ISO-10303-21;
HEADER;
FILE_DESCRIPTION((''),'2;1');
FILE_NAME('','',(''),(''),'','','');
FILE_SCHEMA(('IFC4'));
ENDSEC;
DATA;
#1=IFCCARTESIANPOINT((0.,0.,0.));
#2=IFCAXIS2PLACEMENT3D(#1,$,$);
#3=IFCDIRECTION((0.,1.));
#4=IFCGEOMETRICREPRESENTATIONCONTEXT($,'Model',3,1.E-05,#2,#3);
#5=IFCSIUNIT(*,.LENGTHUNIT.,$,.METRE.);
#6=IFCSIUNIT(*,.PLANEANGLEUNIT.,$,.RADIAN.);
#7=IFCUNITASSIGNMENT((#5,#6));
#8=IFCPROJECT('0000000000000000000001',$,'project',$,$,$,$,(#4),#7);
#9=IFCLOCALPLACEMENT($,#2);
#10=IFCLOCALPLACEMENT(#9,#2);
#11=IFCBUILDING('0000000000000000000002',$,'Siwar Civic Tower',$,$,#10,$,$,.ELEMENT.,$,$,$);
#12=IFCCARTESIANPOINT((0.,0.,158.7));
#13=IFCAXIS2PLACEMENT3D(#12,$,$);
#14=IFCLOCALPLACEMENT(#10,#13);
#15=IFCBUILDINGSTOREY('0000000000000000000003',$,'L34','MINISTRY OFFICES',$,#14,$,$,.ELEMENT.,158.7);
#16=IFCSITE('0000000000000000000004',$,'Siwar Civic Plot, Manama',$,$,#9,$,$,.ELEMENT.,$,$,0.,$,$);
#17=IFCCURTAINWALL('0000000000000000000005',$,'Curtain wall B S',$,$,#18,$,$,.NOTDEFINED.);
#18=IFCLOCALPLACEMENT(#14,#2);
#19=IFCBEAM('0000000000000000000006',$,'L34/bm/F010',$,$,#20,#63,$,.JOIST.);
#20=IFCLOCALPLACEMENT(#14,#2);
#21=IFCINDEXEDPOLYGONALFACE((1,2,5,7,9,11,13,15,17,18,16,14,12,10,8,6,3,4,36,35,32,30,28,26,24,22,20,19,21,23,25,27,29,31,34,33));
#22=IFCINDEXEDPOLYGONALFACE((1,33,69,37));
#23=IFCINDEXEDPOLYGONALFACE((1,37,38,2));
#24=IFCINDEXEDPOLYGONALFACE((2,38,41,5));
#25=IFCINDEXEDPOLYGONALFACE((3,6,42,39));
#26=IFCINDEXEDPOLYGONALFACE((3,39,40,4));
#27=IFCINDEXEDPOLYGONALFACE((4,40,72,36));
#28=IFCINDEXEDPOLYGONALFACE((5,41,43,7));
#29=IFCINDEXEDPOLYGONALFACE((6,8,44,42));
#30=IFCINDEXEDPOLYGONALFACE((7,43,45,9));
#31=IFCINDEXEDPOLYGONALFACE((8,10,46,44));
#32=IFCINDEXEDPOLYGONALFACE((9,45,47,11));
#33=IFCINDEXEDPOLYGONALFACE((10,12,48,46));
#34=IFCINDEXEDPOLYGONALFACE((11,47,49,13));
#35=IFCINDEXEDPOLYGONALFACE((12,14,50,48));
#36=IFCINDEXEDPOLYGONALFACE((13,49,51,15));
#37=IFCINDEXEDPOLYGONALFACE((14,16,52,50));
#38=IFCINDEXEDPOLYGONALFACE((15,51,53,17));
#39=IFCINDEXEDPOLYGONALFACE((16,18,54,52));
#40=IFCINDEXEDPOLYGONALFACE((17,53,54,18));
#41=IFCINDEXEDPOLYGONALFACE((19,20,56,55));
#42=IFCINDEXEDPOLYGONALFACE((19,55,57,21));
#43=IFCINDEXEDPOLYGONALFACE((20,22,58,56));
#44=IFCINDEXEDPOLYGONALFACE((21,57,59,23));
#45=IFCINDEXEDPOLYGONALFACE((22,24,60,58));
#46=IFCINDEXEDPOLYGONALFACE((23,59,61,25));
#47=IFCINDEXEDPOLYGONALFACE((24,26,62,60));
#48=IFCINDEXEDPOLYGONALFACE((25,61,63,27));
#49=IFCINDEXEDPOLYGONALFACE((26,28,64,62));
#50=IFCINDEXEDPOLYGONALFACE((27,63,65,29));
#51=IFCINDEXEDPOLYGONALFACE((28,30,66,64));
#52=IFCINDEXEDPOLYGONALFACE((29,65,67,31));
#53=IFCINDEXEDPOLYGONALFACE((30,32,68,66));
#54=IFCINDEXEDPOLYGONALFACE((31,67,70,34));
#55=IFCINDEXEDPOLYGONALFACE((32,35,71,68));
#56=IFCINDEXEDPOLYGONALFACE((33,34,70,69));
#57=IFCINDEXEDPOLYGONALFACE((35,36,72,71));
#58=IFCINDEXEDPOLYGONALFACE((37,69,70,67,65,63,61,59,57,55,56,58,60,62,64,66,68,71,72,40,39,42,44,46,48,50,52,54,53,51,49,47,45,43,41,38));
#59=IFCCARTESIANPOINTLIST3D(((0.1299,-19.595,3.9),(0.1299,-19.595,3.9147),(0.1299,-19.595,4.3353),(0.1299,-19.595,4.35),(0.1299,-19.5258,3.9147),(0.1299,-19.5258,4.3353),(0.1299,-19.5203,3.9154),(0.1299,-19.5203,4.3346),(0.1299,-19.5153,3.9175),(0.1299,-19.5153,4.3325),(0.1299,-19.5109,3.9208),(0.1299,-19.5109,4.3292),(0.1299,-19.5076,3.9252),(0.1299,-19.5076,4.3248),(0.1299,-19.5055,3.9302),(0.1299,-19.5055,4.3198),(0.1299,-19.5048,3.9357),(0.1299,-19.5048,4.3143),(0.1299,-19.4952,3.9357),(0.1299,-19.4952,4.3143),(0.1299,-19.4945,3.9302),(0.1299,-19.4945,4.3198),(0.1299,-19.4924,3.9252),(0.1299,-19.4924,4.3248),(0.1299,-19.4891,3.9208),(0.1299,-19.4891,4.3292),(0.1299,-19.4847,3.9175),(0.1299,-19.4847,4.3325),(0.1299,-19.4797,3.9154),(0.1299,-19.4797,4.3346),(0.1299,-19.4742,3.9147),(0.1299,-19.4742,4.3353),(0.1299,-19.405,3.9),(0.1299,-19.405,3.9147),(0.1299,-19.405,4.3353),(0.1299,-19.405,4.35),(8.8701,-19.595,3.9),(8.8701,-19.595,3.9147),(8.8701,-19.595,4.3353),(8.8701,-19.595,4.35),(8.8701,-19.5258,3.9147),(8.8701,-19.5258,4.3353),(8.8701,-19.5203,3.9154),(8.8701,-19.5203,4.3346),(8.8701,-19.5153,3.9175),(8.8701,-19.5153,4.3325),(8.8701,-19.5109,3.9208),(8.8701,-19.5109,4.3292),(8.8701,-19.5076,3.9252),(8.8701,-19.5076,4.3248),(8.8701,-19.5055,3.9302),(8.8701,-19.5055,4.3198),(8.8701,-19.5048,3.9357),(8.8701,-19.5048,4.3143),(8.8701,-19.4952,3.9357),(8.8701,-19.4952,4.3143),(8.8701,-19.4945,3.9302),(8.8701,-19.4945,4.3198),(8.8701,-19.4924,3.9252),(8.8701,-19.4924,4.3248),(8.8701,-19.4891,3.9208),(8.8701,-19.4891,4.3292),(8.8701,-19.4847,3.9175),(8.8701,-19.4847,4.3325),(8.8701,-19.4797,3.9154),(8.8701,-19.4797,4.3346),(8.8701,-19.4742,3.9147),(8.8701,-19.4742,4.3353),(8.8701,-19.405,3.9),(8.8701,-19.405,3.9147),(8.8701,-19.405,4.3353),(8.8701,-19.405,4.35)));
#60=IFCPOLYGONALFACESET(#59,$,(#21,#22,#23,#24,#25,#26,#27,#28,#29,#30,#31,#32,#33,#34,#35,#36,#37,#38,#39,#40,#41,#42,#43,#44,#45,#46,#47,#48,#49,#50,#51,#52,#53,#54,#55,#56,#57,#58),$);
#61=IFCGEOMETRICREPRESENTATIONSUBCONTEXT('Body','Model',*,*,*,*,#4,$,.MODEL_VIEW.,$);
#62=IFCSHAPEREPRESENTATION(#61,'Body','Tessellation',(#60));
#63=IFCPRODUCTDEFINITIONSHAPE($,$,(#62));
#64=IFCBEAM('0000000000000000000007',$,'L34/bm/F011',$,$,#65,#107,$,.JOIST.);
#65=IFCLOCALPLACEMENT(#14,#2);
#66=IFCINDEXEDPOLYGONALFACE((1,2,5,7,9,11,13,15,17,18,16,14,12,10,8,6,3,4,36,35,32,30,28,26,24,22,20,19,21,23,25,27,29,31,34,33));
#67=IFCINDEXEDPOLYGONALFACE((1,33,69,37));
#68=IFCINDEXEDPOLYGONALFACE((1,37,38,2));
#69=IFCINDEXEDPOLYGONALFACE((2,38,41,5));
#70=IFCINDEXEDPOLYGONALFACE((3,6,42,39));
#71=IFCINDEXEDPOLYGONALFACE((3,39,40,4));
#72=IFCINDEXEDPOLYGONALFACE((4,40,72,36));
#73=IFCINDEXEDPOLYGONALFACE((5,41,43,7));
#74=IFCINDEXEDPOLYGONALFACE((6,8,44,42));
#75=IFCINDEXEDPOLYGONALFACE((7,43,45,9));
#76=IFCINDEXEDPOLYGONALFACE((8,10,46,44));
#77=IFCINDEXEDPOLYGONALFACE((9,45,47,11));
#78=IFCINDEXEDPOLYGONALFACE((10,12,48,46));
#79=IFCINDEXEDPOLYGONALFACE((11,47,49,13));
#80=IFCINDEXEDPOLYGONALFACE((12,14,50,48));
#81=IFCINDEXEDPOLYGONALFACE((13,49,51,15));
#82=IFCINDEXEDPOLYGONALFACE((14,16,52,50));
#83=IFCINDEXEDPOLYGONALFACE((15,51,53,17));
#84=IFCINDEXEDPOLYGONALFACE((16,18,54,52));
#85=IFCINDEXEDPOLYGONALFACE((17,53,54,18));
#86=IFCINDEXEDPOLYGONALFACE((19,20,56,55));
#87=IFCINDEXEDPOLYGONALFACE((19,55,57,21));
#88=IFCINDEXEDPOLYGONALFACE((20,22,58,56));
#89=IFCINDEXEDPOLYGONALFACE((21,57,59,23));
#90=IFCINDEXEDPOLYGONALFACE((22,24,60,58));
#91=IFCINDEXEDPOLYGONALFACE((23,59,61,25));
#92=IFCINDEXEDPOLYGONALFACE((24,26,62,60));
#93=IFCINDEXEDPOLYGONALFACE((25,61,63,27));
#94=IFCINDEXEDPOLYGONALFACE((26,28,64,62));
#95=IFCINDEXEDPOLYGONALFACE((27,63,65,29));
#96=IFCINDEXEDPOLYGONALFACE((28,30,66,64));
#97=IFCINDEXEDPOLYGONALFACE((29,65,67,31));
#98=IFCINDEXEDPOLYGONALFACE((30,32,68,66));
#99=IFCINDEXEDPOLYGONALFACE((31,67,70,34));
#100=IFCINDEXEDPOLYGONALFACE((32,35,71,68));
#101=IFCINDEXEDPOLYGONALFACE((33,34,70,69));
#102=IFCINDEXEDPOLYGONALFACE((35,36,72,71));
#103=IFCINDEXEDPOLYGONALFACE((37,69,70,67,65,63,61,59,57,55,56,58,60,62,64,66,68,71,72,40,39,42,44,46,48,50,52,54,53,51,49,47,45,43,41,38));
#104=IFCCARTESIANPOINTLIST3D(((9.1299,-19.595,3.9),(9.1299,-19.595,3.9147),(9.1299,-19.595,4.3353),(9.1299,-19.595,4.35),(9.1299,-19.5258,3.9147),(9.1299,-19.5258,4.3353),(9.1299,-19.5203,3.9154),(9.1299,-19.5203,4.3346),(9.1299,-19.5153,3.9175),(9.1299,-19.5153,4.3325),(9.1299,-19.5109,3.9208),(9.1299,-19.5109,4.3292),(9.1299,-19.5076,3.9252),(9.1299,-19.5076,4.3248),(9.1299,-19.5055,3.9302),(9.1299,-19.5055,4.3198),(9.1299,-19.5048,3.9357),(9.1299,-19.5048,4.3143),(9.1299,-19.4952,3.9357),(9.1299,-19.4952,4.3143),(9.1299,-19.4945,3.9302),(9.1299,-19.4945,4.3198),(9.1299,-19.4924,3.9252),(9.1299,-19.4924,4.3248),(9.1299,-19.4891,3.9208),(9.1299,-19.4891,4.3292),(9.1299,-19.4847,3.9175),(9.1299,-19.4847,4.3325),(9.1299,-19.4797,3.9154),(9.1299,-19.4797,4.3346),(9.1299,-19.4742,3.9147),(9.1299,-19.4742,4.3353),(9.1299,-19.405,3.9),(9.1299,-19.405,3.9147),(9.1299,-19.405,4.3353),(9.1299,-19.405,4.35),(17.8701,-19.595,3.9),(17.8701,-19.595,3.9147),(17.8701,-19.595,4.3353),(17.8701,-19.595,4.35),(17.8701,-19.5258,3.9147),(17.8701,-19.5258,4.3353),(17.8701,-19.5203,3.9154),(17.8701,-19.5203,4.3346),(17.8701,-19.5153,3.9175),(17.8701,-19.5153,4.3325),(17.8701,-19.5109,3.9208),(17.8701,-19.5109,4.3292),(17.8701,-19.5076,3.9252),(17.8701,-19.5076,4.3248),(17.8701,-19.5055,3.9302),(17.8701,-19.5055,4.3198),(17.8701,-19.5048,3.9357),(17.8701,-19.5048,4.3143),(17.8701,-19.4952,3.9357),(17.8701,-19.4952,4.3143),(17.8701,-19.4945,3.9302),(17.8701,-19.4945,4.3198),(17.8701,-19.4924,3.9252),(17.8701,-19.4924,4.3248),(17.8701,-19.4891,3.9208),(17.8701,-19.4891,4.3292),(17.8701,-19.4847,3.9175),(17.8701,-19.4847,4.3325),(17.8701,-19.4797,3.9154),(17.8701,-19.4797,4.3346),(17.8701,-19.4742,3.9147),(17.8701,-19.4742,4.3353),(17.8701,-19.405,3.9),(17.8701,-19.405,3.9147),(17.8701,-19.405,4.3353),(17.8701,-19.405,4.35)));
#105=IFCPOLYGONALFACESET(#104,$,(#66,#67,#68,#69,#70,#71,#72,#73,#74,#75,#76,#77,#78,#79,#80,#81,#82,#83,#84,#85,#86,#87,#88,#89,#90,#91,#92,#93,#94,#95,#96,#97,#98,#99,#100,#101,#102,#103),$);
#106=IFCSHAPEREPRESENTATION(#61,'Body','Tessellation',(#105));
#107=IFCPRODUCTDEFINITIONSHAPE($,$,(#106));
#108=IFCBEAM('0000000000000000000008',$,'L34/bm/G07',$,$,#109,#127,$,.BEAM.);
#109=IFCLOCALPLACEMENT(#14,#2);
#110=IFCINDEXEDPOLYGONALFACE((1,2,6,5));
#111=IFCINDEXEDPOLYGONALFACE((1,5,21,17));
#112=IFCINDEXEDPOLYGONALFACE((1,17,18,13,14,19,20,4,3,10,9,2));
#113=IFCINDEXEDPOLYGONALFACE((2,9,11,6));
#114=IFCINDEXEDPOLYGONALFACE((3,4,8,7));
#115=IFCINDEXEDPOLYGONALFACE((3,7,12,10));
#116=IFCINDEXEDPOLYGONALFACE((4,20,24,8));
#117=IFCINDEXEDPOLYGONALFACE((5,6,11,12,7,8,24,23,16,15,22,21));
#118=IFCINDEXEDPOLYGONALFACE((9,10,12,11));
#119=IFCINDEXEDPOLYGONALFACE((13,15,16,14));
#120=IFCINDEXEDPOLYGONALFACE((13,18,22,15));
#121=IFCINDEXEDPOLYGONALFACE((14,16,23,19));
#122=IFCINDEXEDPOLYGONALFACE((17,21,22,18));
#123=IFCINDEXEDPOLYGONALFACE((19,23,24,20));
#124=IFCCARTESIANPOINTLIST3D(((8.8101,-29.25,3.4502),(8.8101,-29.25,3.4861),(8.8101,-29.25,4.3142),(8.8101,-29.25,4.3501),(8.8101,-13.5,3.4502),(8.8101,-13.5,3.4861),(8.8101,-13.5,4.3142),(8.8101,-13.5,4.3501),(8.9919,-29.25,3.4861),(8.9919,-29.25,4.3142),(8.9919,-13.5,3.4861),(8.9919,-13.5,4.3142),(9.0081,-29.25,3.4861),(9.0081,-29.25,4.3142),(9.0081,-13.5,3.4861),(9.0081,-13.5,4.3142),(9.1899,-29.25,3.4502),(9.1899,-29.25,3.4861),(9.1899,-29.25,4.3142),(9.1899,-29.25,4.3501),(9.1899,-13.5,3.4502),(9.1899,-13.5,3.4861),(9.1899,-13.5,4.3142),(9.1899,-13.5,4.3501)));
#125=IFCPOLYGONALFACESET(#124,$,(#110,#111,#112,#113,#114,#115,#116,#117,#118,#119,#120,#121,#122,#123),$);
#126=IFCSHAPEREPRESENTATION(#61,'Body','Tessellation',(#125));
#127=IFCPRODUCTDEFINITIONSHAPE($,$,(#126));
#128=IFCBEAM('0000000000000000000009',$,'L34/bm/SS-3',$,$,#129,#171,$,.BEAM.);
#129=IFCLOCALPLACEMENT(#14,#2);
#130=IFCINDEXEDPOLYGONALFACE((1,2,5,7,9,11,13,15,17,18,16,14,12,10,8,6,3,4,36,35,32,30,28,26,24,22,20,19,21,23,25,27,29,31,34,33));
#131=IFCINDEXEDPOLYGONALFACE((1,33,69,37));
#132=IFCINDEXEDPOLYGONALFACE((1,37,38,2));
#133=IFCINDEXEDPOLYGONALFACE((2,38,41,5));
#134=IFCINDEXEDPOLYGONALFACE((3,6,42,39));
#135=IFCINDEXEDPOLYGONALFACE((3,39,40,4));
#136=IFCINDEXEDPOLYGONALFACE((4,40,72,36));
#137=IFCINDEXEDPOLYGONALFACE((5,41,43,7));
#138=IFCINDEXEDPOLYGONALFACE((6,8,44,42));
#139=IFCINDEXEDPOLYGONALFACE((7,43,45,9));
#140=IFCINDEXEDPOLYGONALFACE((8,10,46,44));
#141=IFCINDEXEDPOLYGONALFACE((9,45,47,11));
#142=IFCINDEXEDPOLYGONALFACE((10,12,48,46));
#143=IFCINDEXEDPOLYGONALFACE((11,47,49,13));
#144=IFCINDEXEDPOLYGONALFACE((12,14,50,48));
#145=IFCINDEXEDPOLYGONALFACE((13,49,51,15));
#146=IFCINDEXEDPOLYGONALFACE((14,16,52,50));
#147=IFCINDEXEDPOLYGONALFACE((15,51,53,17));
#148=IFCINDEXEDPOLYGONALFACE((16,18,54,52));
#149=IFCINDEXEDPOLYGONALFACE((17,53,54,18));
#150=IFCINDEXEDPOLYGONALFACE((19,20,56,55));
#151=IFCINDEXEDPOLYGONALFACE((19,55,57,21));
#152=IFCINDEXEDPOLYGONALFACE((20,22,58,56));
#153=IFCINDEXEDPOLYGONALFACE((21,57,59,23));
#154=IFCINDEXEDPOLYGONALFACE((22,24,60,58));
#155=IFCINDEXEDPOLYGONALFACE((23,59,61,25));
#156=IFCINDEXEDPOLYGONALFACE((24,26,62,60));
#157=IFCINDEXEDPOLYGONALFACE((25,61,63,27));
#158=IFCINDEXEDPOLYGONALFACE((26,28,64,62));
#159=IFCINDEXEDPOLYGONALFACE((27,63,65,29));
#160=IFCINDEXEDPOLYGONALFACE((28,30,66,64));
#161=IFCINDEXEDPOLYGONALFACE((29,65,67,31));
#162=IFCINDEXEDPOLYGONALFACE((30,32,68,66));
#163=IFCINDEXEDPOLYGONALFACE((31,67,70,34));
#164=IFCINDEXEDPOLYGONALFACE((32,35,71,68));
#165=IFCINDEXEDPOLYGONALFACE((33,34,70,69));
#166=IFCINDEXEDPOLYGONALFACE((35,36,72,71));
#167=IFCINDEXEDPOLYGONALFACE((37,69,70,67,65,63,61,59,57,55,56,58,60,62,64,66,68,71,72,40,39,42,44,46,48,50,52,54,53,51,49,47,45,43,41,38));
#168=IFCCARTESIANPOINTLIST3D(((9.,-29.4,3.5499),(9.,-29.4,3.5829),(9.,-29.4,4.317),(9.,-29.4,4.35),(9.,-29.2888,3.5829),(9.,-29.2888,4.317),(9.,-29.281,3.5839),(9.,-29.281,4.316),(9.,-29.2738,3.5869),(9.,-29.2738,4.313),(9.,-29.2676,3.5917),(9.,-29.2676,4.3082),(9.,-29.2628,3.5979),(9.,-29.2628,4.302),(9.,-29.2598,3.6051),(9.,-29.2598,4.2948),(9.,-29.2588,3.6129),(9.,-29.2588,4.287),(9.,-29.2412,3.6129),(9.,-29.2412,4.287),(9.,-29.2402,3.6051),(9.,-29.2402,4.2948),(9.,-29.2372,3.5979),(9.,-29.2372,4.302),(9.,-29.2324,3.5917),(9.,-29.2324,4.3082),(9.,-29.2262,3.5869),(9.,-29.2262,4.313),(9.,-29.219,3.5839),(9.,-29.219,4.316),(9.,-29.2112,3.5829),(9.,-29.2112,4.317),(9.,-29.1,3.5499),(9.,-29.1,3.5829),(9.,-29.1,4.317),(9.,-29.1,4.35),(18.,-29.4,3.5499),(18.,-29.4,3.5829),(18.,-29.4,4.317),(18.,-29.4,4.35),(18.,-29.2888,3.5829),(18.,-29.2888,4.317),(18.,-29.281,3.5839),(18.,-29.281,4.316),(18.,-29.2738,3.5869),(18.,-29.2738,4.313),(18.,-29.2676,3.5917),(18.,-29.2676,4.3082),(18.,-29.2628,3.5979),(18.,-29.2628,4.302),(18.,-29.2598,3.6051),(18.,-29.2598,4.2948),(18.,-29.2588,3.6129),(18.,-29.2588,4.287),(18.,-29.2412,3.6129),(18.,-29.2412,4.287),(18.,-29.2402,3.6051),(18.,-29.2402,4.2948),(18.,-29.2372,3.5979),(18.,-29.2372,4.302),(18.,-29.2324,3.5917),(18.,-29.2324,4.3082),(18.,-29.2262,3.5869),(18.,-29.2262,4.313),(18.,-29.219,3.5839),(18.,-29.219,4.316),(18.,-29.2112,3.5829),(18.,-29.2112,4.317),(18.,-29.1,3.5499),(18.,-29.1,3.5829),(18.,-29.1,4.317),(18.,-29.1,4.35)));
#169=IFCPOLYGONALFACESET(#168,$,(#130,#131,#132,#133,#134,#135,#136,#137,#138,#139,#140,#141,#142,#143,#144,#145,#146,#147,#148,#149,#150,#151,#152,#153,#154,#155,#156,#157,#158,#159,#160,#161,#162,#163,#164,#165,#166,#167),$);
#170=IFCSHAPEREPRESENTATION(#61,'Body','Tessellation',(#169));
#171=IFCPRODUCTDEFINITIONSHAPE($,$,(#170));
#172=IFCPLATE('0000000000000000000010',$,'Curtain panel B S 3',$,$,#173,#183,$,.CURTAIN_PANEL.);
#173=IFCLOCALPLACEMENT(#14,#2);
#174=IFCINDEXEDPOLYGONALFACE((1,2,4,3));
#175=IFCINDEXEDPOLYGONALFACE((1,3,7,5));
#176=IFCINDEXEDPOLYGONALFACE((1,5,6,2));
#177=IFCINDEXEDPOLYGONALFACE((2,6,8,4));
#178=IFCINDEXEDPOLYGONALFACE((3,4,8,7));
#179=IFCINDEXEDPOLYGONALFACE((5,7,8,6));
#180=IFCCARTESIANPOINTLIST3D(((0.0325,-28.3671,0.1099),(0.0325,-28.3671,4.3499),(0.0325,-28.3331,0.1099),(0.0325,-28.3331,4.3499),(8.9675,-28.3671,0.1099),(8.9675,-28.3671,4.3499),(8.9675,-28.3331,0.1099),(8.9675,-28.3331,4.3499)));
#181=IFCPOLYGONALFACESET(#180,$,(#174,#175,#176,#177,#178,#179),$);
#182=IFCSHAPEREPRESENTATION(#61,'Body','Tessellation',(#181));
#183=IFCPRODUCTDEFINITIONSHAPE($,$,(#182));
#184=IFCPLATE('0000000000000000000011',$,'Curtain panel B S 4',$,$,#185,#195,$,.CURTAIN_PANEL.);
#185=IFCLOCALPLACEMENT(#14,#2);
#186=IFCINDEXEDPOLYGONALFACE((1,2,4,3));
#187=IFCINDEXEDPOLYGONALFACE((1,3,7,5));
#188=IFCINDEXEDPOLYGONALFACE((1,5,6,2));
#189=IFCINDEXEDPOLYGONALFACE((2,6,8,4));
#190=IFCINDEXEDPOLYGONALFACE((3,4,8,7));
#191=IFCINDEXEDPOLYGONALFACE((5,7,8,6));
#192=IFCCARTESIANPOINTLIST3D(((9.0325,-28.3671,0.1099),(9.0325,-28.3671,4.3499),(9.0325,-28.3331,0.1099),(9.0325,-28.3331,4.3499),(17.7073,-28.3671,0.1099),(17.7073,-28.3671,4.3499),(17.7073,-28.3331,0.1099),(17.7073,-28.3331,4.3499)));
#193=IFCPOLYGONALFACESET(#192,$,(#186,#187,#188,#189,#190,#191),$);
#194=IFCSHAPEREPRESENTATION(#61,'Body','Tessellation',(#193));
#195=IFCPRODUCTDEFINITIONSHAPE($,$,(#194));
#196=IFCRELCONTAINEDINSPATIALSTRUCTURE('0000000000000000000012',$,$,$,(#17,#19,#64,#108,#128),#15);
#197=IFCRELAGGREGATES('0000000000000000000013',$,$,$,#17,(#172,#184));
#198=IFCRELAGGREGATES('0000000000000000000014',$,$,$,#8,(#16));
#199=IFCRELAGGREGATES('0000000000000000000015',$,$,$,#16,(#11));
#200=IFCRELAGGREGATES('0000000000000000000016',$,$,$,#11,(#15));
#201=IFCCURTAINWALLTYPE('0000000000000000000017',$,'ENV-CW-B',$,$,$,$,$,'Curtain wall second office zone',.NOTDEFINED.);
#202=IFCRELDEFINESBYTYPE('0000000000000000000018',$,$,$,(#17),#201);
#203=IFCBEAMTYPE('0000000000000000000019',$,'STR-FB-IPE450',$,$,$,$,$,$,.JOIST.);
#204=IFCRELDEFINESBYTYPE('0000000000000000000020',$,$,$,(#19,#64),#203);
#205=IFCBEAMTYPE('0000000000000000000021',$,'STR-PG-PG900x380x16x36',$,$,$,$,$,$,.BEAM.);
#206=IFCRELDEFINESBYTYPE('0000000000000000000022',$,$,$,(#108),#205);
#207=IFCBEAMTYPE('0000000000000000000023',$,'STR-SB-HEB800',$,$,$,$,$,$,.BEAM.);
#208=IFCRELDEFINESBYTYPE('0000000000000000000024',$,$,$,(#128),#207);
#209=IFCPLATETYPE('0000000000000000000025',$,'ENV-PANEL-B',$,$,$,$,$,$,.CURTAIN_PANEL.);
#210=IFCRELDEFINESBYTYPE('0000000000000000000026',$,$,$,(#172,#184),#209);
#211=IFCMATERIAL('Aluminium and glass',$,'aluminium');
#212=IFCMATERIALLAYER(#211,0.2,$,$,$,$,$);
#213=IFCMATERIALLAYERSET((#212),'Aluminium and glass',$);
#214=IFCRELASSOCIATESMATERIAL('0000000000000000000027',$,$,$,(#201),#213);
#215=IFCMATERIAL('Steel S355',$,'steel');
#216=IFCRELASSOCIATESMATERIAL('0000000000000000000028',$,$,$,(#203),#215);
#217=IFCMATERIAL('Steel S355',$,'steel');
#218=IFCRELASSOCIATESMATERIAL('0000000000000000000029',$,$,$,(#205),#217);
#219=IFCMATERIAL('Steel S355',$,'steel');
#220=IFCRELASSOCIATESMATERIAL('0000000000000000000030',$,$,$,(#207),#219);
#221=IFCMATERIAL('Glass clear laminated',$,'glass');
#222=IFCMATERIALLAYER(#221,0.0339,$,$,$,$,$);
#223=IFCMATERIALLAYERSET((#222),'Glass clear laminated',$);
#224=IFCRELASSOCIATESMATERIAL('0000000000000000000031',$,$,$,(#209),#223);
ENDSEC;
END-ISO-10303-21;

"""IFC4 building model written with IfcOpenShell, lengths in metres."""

from ifc_helpers import new_model, si_unit, direction, frame, origin, origin_2d, place, context, subcontext, project, spatial, rectangle, i_section, extrude, material, layer, layer_set, material_profile, profile_set, type_object, element, aggregate, save


model = new_model("IFC4")

# Units and contexts
model_context = context("Model", 3, precision=1e-05, world=origin(), true_north=direction((0.0, 1.0)))
body_context = subcontext(model_context, "Body", "Model", "MODEL_VIEW")
ifc_project = project(units=[si_unit("LENGTHUNIT", "METRE"), si_unit("PLANEANGLEUNIT", "RADIAN")], contexts=[model_context])

# Site, building, storey
site_placement = place(None, origin())
site = spatial("IfcSite", under=ifc_project, at=site_placement, Name="Siwar Civic Plot, Manama", CompositionType="ELEMENT", RefElevation=0.0)
building_placement = place(site_placement, origin())
building = spatial("IfcBuilding", under=site, at=building_placement, Name="Siwar Civic Tower", CompositionType="ELEMENT")
storey_placement = place(building_placement, frame((0.0, 0.0, 158.7)))
storey = spatial("IfcBuildingStorey", under=building, at=storey_placement, Name="L34", Description="MINISTRY OFFICES", CompositionType="ELEMENT", Elevation=158.7)

# Curtain wall
ifc_material_1 = material(Name="Aluminium and glass", Category="aluminium")
ifc_layer_1 = layer(ifc_material_1, 0.2)
ifc_layer_set_1 = layer_set([ifc_layer_1], Name="Aluminium and glass")
curtain_wall_type = type_object("IfcCurtainWallType", Name="ENV-CW-B", ElementType="Curtain wall second office zone", PredefinedType="NOTDEFINED", material=ifc_layer_set_1)
curtain_wall_placement = place(storey_placement, origin())
curtain_wall = element("IfcCurtainWall", 1, at=curtain_wall_placement, inside=storey, type_object=curtain_wall_type, Name="Curtain wall B S", PredefinedType="NOTDEFINED")

# Beams
ifc_material_2 = material(Name="Steel S355", Category="steel")
ifc_material_profile_1 = material_profile(ifc_material_2, i_section(OverallWidth=0.1899, OverallDepth=0.45, WebThickness=0.0095, FlangeThickness=0.0146, FilletRadius=0.021, at=origin_2d()), Name="IPE450")
ifc_profile_set_1 = profile_set([ifc_material_profile_1], Name="Steel S355")
beam_type_1 = type_object("IfcBeamType", Name="STR-FB-IPE450", PredefinedType="JOIST", material=ifc_profile_set_1)
for number, where, z_axis, x_axis, name in (
    (2, (0.1299, -19.5, 4.125), (1.0, 0.0, 0.0), (0.0, 1.0, 0.0), "L34/bm/F010"),
    (3, (9.1299, -19.5, 4.125), (1.0, 0.0, 0.0), (0.0, 1.0, 0.0), "L34/bm/F011"),
):
    element("IfcBeam", number, at=place(storey_placement, frame(where, z_axis=z_axis, x_axis=x_axis)), inside=storey, type_object=beam_type_1, Name=name, PredefinedType="JOIST", context=body_context, shape_type="SweptSolid", body=[
        extrude(i_section(OverallWidth=0.1899, OverallDepth=0.45, WebThickness=0.0095, FlangeThickness=0.0146, FilletRadius=0.021, at=origin_2d()), origin(), (0.0, 0.0, 1.0), 8.7402),
    ])
ifc_material_3 = material(Name="Steel S355", Category="steel")
ifc_material_profile_2 = material_profile(ifc_material_3, i_section(OverallWidth=0.3799, OverallDepth=0.8999, WebThickness=0.0161, FlangeThickness=0.0359, at=origin_2d()), Name="PG900x380x16x36")
ifc_profile_set_2 = profile_set([ifc_material_profile_2], Name="Steel S355")
beam_type_2 = type_object("IfcBeamType", Name="STR-PG-PG900x380x16x36", PredefinedType="BEAM", material=ifc_profile_set_2)
beam_1_placement = place(storey_placement, frame((9.0, -29.25, 3.9001), z_axis=(0.0, 1.0, 0.0), x_axis=(-1.0, 0.0, 0.0)))
element("IfcBeam", 4, at=beam_1_placement, inside=storey, type_object=beam_type_2, Name="L34/bm/G07", PredefinedType="BEAM", context=body_context, shape_type="SweptSolid", body=[
    extrude(i_section(OverallWidth=0.3799, OverallDepth=0.8999, WebThickness=0.0161, FlangeThickness=0.0359, at=origin_2d()), origin(), (0.0, 0.0, 1.0), 15.75),
])
ifc_material_4 = material(Name="Steel S355", Category="steel")
ifc_material_profile_3 = material_profile(ifc_material_4, i_section(OverallWidth=0.3, OverallDepth=0.8, WebThickness=0.0176, FlangeThickness=0.033, FilletRadius=0.03, at=origin_2d()), Name="HEB800")
ifc_profile_set_3 = profile_set([ifc_material_profile_3], Name="Steel S355")
beam_type_3 = type_object("IfcBeamType", Name="STR-SB-HEB800", PredefinedType="BEAM", material=ifc_profile_set_3)
beam_2_placement = place(storey_placement, frame((9.0, -29.25, 3.95), z_axis=(1.0, 0.0, 0.0), x_axis=(0.0, 1.0, 0.0)))
element("IfcBeam", 5, at=beam_2_placement, inside=storey, type_object=beam_type_3, Name="L34/bm/SS-3", PredefinedType="BEAM", context=body_context, shape_type="SweptSolid", body=[
    extrude(i_section(OverallWidth=0.3, OverallDepth=0.8, WebThickness=0.0176, FlangeThickness=0.033, FilletRadius=0.03, at=origin_2d()), origin(), (0.0, 0.0, 1.0), 9.0),
])

# Plates
ifc_material_5 = material(Name="Glass clear laminated", Category="glass")
ifc_layer_2 = layer(ifc_material_5, 0.0339)
ifc_layer_set_2 = layer_set([ifc_layer_2], Name="Glass clear laminated")
plate_type = type_object("IfcPlateType", Name="ENV-PANEL-B", PredefinedType="CURTAIN_PANEL", material=ifc_layer_set_2)
plate_1_placement = place(storey_placement, frame((4.5, -28.3501, 0.1099), z_axis=(0.0, 0.0, 1.0), x_axis=(1.0, 0.0, 0.0)))
plate_1 = element("IfcPlate", 6, at=plate_1_placement, type_object=plate_type, Name="Curtain panel B S 3", PredefinedType="CURTAIN_PANEL", context=body_context, shape_type="SweptSolid", body=[
    extrude(rectangle(XDim=8.9351, YDim=0.0339, at=origin_2d()), origin(), (0.0, 0.0, 1.0), 4.24),
])
plate_2_placement = place(storey_placement, frame((13.3699, -28.3501, 0.1099), z_axis=(0.0, 0.0, 1.0), x_axis=(1.0, 0.0, 0.0)))
plate_2 = element("IfcPlate", 7, at=plate_2_placement, type_object=plate_type, Name="Curtain panel B S 4", PredefinedType="CURTAIN_PANEL", context=body_context, shape_type="SweptSolid", body=[
    extrude(rectangle(XDim=8.6748, YDim=0.0339, at=origin_2d()), origin(), (0.0, 0.0, 1.0), 4.24),
])
aggregate(curtain_wall, [plate_1, plate_2])

save(model, "model.ifc")
